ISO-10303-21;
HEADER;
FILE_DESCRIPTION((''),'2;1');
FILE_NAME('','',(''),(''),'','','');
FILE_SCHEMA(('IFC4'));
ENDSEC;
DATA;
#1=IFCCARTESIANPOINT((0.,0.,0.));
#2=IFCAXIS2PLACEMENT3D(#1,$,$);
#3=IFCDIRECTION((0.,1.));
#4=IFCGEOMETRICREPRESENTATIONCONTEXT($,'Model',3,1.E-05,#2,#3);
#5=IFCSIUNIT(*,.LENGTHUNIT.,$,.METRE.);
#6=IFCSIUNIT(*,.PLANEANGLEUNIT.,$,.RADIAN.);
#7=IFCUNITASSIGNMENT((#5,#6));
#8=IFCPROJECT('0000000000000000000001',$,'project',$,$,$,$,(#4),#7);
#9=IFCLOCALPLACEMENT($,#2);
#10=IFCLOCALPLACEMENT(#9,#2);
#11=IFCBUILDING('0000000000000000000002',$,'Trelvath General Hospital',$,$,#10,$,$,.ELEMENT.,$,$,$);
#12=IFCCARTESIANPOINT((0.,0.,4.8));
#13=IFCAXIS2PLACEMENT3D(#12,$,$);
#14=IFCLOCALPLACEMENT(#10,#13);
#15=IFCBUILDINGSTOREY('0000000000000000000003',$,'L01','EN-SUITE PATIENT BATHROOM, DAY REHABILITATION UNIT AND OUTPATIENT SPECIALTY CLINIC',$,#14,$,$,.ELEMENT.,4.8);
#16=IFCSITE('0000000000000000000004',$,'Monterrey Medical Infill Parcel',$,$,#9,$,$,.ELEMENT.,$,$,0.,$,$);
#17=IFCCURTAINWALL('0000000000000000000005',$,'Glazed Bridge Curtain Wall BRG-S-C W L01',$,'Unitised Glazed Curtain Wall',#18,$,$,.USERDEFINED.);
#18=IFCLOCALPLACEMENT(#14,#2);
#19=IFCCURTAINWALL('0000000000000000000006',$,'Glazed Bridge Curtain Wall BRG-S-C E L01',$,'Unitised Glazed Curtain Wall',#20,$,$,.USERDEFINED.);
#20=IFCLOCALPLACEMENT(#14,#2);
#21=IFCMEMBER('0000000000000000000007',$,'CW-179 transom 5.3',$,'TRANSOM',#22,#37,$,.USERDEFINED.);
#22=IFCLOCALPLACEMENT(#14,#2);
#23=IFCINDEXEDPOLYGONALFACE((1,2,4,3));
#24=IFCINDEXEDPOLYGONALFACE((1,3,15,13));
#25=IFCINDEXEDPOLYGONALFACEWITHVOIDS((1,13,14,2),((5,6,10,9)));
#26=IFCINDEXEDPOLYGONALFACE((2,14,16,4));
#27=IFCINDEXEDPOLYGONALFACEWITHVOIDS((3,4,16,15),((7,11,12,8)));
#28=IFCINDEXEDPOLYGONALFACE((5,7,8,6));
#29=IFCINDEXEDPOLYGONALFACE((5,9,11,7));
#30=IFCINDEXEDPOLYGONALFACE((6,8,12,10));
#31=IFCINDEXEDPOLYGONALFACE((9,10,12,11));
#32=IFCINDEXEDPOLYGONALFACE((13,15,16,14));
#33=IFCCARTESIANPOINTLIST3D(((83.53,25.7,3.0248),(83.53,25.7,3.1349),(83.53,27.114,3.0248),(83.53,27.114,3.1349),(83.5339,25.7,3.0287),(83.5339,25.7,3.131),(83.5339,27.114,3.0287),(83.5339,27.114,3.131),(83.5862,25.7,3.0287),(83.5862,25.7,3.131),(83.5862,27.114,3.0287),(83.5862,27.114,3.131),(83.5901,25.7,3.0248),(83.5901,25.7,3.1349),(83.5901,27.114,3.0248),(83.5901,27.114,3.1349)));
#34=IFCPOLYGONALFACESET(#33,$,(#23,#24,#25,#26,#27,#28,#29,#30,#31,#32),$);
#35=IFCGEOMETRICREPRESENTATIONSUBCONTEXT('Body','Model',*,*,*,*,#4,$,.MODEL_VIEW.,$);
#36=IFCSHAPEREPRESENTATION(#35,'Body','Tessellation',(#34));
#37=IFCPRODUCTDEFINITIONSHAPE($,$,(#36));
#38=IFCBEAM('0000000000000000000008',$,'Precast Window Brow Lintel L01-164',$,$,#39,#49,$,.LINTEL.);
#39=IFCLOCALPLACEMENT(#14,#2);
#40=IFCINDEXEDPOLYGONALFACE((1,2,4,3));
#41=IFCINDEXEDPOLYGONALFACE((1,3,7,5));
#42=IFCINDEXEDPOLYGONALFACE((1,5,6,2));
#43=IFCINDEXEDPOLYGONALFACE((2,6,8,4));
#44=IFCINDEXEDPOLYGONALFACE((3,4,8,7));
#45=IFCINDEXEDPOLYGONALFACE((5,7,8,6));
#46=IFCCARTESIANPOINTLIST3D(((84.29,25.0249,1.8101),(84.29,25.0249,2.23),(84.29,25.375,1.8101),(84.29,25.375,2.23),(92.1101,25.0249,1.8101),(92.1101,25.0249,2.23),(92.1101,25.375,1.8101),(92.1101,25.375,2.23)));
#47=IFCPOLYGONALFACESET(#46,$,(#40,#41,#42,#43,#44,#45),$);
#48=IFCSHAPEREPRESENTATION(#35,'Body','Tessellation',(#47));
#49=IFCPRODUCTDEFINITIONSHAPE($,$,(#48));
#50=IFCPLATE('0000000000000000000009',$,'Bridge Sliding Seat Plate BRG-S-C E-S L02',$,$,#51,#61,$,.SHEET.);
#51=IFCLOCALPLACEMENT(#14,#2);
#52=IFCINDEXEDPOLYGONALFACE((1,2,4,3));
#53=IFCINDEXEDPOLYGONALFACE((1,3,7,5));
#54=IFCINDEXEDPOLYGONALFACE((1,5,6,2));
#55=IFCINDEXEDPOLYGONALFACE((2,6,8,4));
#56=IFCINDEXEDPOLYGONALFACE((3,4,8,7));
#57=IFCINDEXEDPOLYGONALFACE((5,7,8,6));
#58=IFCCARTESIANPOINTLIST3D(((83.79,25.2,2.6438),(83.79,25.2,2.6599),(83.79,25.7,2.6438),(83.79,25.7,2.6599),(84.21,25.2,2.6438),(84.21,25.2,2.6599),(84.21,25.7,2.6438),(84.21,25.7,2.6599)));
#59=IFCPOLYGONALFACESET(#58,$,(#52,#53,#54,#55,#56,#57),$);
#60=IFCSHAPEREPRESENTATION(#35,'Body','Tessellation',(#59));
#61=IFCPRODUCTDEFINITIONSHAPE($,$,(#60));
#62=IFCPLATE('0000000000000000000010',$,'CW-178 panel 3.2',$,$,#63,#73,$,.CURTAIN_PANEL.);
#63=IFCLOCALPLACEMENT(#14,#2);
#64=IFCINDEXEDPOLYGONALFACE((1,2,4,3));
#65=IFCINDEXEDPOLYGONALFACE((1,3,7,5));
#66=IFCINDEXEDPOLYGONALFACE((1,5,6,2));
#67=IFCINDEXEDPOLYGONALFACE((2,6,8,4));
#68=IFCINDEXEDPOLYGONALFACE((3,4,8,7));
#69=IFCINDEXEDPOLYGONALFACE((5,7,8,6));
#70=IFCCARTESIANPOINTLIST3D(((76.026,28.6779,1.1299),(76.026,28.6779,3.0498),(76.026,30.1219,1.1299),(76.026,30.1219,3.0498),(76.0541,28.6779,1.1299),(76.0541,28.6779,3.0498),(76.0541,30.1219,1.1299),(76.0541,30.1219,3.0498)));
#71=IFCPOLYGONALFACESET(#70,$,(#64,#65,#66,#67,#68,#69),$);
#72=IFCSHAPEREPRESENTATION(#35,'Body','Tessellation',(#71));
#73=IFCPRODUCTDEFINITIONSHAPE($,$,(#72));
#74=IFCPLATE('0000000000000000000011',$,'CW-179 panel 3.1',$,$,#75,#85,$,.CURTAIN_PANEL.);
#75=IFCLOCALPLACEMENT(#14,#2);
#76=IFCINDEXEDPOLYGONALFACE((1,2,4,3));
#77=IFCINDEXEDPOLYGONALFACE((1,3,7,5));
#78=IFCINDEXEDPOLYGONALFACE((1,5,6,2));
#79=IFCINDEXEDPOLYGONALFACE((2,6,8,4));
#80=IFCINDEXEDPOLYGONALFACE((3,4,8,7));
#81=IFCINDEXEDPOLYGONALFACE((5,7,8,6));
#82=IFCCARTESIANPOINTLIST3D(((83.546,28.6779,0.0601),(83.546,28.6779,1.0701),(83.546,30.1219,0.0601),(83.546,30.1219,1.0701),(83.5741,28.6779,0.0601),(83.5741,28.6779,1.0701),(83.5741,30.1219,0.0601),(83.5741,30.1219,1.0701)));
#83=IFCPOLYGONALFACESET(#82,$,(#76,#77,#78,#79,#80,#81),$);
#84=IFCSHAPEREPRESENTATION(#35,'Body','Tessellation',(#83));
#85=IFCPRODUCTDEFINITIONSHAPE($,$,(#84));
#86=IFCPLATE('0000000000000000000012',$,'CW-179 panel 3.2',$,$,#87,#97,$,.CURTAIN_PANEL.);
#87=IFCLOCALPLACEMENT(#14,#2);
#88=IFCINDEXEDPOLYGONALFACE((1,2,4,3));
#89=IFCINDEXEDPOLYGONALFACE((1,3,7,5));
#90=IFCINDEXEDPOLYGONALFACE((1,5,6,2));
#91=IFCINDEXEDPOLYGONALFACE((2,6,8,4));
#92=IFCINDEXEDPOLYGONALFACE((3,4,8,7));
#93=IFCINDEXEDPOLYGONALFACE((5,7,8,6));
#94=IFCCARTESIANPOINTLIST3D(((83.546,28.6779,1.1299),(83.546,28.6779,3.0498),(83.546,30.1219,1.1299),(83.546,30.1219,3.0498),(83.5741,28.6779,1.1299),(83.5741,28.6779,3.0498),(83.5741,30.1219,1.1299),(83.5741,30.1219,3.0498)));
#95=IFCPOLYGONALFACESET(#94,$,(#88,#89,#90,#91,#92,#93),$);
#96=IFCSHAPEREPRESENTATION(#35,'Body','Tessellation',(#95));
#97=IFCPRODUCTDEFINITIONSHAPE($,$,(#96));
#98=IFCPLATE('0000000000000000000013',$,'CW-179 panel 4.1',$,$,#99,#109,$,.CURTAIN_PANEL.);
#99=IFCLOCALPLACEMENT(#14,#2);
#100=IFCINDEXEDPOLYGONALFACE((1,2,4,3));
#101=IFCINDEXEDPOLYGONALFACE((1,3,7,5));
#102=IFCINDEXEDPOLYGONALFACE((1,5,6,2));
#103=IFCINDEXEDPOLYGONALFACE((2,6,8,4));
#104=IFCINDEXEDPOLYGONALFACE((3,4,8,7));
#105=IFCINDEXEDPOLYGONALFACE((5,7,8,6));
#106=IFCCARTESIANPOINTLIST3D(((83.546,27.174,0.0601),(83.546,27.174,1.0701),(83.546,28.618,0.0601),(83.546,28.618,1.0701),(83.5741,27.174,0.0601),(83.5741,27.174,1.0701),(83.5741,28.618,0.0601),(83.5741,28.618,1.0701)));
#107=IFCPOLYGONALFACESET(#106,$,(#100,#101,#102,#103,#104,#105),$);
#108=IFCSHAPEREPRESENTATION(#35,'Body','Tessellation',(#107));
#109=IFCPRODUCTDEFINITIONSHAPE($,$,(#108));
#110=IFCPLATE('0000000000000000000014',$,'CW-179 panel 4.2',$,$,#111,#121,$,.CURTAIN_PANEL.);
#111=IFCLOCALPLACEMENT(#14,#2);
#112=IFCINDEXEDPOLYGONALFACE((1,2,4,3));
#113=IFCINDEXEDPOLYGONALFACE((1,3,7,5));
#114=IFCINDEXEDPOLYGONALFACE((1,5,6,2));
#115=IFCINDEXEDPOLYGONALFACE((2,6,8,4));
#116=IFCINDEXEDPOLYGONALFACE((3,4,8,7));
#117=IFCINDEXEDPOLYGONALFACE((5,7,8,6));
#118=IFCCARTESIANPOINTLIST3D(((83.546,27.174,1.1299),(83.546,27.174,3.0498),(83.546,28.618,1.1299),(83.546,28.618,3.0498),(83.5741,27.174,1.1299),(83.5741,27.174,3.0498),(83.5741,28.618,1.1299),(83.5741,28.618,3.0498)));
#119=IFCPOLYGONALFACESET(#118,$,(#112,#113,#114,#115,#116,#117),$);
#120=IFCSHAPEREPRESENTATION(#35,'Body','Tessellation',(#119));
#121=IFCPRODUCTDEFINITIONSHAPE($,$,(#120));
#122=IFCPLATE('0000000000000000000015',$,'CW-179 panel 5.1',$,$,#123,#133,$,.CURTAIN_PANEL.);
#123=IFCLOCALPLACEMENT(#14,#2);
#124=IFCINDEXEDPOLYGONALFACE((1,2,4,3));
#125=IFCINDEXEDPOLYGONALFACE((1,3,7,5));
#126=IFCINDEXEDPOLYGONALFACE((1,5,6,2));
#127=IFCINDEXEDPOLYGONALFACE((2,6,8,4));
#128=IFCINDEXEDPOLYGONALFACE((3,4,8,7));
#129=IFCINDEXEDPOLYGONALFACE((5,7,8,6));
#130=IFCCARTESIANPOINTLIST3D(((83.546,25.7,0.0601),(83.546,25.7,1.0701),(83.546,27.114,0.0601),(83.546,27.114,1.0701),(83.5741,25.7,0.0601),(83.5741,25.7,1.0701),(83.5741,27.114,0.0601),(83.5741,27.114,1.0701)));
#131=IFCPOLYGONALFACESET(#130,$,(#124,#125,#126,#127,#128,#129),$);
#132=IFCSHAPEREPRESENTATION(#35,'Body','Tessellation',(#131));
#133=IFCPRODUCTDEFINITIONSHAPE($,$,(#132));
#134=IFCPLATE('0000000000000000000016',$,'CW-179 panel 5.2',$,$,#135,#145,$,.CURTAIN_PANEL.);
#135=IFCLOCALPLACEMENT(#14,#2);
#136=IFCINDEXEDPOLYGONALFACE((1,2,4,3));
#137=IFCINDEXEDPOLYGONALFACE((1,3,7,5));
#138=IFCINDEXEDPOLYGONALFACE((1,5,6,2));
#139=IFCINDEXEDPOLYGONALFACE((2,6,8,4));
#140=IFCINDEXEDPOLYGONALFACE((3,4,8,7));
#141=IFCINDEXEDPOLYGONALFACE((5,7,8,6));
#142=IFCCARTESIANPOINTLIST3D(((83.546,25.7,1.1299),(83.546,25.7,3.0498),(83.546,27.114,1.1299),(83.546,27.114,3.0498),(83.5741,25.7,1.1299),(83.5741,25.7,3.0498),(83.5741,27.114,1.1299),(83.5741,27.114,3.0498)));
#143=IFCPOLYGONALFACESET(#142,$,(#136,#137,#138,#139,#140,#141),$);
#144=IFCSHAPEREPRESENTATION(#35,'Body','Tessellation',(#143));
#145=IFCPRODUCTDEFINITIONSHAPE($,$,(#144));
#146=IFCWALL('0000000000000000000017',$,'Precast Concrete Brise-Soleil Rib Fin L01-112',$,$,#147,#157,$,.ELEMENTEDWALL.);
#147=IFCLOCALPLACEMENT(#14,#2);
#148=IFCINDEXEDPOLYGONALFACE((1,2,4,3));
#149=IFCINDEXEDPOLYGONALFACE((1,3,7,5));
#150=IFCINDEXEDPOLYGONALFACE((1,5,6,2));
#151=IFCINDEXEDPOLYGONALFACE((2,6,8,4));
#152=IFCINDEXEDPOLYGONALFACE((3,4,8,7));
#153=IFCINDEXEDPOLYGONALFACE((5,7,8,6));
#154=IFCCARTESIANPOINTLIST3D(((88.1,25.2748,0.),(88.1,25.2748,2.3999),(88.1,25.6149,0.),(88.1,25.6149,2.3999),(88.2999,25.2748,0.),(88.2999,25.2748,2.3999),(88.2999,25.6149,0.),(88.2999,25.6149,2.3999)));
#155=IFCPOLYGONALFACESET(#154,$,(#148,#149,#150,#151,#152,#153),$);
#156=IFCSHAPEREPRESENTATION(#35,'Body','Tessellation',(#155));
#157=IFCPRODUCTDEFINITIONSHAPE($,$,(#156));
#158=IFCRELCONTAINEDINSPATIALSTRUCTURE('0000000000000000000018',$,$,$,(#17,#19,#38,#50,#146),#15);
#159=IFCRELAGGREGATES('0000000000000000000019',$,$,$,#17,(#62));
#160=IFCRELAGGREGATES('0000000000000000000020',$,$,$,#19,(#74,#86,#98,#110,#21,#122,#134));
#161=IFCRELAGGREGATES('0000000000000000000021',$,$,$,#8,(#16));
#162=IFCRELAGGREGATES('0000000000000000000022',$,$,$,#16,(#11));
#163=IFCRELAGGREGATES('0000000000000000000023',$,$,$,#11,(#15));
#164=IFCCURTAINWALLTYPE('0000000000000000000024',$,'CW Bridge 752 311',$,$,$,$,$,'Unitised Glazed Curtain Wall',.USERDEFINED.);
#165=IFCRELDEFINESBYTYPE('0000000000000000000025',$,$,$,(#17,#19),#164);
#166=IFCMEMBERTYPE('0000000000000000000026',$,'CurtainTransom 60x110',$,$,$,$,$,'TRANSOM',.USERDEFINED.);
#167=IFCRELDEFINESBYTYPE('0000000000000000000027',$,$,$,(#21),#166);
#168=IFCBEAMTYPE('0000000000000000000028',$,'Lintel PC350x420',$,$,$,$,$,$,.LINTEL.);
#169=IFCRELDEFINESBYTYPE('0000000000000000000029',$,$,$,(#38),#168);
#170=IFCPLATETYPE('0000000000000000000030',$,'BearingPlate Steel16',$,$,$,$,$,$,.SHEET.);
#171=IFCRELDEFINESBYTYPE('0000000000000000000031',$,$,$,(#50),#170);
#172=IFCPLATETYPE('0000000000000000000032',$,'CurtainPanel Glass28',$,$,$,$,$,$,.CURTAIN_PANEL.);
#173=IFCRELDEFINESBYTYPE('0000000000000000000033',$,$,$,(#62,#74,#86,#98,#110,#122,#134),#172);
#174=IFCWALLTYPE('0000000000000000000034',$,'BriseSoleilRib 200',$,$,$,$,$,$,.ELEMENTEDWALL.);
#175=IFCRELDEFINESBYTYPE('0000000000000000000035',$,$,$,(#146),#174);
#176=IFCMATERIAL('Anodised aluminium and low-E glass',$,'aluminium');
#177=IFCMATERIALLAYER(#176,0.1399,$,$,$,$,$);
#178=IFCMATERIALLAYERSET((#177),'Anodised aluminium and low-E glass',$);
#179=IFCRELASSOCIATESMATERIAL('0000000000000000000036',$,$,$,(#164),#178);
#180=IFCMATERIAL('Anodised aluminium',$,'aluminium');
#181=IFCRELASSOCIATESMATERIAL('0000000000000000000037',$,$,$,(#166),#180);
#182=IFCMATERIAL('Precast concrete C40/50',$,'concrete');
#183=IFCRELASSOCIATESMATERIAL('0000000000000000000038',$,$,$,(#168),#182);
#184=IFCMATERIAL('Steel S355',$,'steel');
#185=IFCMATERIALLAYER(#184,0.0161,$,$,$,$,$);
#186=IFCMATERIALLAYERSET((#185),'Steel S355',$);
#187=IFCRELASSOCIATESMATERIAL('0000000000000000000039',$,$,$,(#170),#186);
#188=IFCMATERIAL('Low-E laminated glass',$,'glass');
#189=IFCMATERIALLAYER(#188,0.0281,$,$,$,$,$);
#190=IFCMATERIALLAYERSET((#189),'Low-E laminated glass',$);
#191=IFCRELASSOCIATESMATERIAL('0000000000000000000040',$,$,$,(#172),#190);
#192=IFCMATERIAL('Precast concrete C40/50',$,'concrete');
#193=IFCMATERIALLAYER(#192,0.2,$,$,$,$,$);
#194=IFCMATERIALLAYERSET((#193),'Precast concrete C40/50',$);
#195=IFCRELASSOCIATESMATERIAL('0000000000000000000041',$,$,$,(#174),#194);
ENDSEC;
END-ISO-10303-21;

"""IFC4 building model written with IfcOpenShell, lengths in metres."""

from ifc_helpers import new_model, si_unit, direction, frame, frame_2d, origin, origin_2d, place, context, subcontext, project, spatial, rectangle, hollow_rectangle, extrude, material, layer, layer_set, material_profile, profile_set, type_object, element, aggregate, save


model = new_model("IFC4")

# Units and contexts
model_context = context("Model", 3, precision=1e-05, world=origin(), true_north=direction((0.0, 1.0)))
body_context = subcontext(model_context, "Body", "Model", "MODEL_VIEW")
ifc_project = project(units=[si_unit("LENGTHUNIT", "METRE"), si_unit("PLANEANGLEUNIT", "RADIAN")], contexts=[model_context])

# Site, building, storey
site_placement = place(None, origin())
site = spatial("IfcSite", under=ifc_project, at=site_placement, Name="Monterrey Medical Infill Parcel", CompositionType="ELEMENT", RefElevation=0.0)
building_placement = place(site_placement, origin())
building = spatial("IfcBuilding", under=site, at=building_placement, Name="Trelvath General Hospital", CompositionType="ELEMENT")
storey_placement = place(building_placement, frame((0.0, 0.0, 4.8)))
storey = spatial("IfcBuildingStorey", under=building, at=storey_placement, Name="L01", Description="EN-SUITE PATIENT BATHROOM, DAY REHABILITATION UNIT AND OUTPATIENT SPECIALTY CLINIC", CompositionType="ELEMENT", Elevation=4.8)

# Curtain wall
ifc_material_1 = material(Name="Anodised aluminium and low-E glass", Category="aluminium")
ifc_layer_1 = layer(ifc_material_1, 0.1399)
ifc_layer_set_1 = layer_set([ifc_layer_1], Name="Anodised aluminium and low-E glass")
curtain_wall_type = type_object("IfcCurtainWallType", Name="CW Bridge 752 311", ElementType="Unitised Glazed Curtain Wall", PredefinedType="USERDEFINED", material=ifc_layer_set_1)
curtain_wall_1_placement = place(storey_placement, origin())
curtain_wall_1 = element("IfcCurtainWall", 1, at=curtain_wall_1_placement, inside=storey, type_object=curtain_wall_type, Name="Glazed Bridge Curtain Wall BRG-S-C W L01", ObjectType="Unitised Glazed Curtain Wall", PredefinedType="USERDEFINED")

# Curtain wall
curtain_wall_2_placement = place(storey_placement, origin())
curtain_wall_2 = element("IfcCurtainWall", 2, at=curtain_wall_2_placement, inside=storey, type_object=curtain_wall_type, Name="Glazed Bridge Curtain Wall BRG-S-C E L01", ObjectType="Unitised Glazed Curtain Wall", PredefinedType="USERDEFINED")

# Member
ifc_material_2 = material(Name="Anodised aluminium", Category="aluminium")
ifc_material_profile_1 = material_profile(ifc_material_2, hollow_rectangle(XDim=0.0601, YDim=0.1101, WallThickness=0.0039, at=origin_2d()), Name="RHS60x110x4")
ifc_profile_set_1 = profile_set([ifc_material_profile_1], Name="Anodised aluminium")
member_type_1 = type_object("IfcMemberType", Name="CurtainTransom 60x110", ElementType="TRANSOM", PredefinedType="USERDEFINED", material=ifc_profile_set_1)
member_1_placement = place(storey_placement, frame((83.5601, 27.114, 3.0798), z_axis=(0.0, -1.0, 0.0), x_axis=(1.0, 0.0, 0.0)))
member_1 = element("IfcMember", 3, at=member_1_placement, type_object=member_type_1, Name="CW-179 transom 5.3", ObjectType="TRANSOM", PredefinedType="USERDEFINED", context=body_context, shape_type="SweptSolid", body=[
    extrude(hollow_rectangle(XDim=0.0601, YDim=0.1101, WallThickness=0.0039, at=origin_2d()), origin(), (0.0, 0.0, 1.0), 1.4141),
])

# Beam
ifc_material_3 = material(Name="Precast concrete C40/50", Category="concrete")
ifc_material_profile_2 = material_profile(ifc_material_3, rectangle(XDim=0.3501, YDim=0.4199, at=origin_2d()), Name="PCL350x420")
ifc_profile_set_2 = profile_set([ifc_material_profile_2], Name="Precast concrete C40/50")
beam_type_1 = type_object("IfcBeamType", Name="Lintel PC350x420", PredefinedType="LINTEL", material=ifc_profile_set_2)
beam_1_placement = place(storey_placement, frame((84.29, 25.2, 2.02), z_axis=(1.0, 0.0, 0.0), x_axis=(0.0, 1.0, 0.0)))
element("IfcBeam", 4, at=beam_1_placement, inside=storey, type_object=beam_type_1, Name="Precast Window Brow Lintel L01-164", PredefinedType="LINTEL", context=body_context, shape_type="SweptSolid", body=[
    extrude(rectangle(XDim=0.3501, YDim=0.4199, at=origin_2d()), origin(), (0.0, 0.0, 1.0), 7.8201),
])

# Plates
ifc_material_4 = material(Name="Steel S355", Category="steel")
ifc_layer_2 = layer(ifc_material_4, 0.0161)
ifc_layer_set_2 = layer_set([ifc_layer_2], Name="Steel S355")
plate_type_1 = type_object("IfcPlateType", Name="BearingPlate Steel16", PredefinedType="SHEET", material=ifc_layer_set_2)
plate_1_placement = place(storey_placement, frame((84.0, 25.45, 2.6438), z_axis=(0.0, 0.0, 1.0), x_axis=(1.0, 0.0, 0.0)))
element("IfcPlate", 5, at=plate_1_placement, inside=storey, type_object=plate_type_1, Name="Bridge Sliding Seat Plate BRG-S-C E-S L02", PredefinedType="SHEET", context=body_context, shape_type="SweptSolid", body=[
    extrude(rectangle(XDim=0.4199, YDim=0.5, at=origin_2d()), origin(), (0.0, 0.0, 1.0), 0.0161),
])
ifc_material_5 = material(Name="Low-E laminated glass", Category="glass")
ifc_layer_3 = layer(ifc_material_5, 0.0281)
ifc_layer_set_3 = layer_set([ifc_layer_3], Name="Low-E laminated glass")
plate_type_2 = type_object("IfcPlateType", Name="CurtainPanel Glass28", PredefinedType="CURTAIN_PANEL", material=ifc_layer_set_3)
plate_2_placement = place(storey_placement, frame((76.04, 29.3999, 1.1299), z_axis=(0.0, 0.0, 1.0), x_axis=(0.0, 1.0, 0.0)))
plate_2 = element("IfcPlate", 6, at=plate_2_placement, type_object=plate_type_2, Name="CW-178 panel 3.2", PredefinedType="CURTAIN_PANEL", context=body_context, shape_type="SweptSolid", body=[
    extrude(rectangle(XDim=1.4441, YDim=0.0281, at=origin_2d()), origin(), (0.0, 0.0, 1.0), 1.9199),
])
aggregate(curtain_wall_1, [plate_2])
plate_3_placement = place(storey_placement, frame((83.5601, 29.3999, 0.0601), z_axis=(0.0, 0.0, 1.0), x_axis=(0.0, -1.0, 0.0)))
plate_3 = element("IfcPlate", 7, at=plate_3_placement, type_object=plate_type_2, Name="CW-179 panel 3.1", PredefinedType="CURTAIN_PANEL", context=body_context, shape_type="SweptSolid", body=[
    extrude(rectangle(XDim=1.4441, YDim=0.0281, at=origin_2d()), origin(), (0.0, 0.0, 1.0), 1.01),
])
plate_4_placement = place(storey_placement, frame((83.5601, 29.3999, 1.1299), z_axis=(0.0, 0.0, 1.0), x_axis=(0.0, -1.0, 0.0)))
plate_4 = element("IfcPlate", 8, at=plate_4_placement, type_object=plate_type_2, Name="CW-179 panel 3.2", PredefinedType="CURTAIN_PANEL", context=body_context, shape_type="SweptSolid", body=[
    extrude(rectangle(XDim=1.4441, YDim=0.0281, at=origin_2d()), origin(), (0.0, 0.0, 1.0), 1.9199),
])
plate_5_placement = place(storey_placement, frame((83.5601, 27.896, 0.0601), z_axis=(0.0, 0.0, 1.0), x_axis=(0.0, -1.0, 0.0)))
plate_5 = element("IfcPlate", 9, at=plate_5_placement, type_object=plate_type_2, Name="CW-179 panel 4.1", PredefinedType="CURTAIN_PANEL", context=body_context, shape_type="SweptSolid", body=[
    extrude(rectangle(XDim=1.4441, YDim=0.0281, at=origin_2d()), origin(), (0.0, 0.0, 1.0), 1.01),
])
plate_6_placement = place(storey_placement, frame((83.5601, 27.896, 1.1299), z_axis=(0.0, 0.0, 1.0), x_axis=(0.0, -1.0, 0.0)))
plate_6 = element("IfcPlate", 10, at=plate_6_placement, type_object=plate_type_2, Name="CW-179 panel 4.2", PredefinedType="CURTAIN_PANEL", context=body_context, shape_type="SweptSolid", body=[
    extrude(rectangle(XDim=1.4441, YDim=0.0281, at=origin_2d()), origin(), (0.0, 0.0, 1.0), 1.9199),
])
plate_7_placement = place(storey_placement, frame((83.5601, 26.407, 0.0601), z_axis=(0.0, 0.0, 1.0), x_axis=(0.0, -1.0, 0.0)))
plate_7 = element("IfcPlate", 11, at=plate_7_placement, type_object=plate_type_2, Name="CW-179 panel 5.1", PredefinedType="CURTAIN_PANEL", context=body_context, shape_type="SweptSolid", body=[
    extrude(rectangle(XDim=1.4141, YDim=0.0281, at=origin_2d()), origin(), (0.0, 0.0, 1.0), 1.01),
])
plate_8_placement = place(storey_placement, frame((83.5601, 26.407, 1.1299), z_axis=(0.0, 0.0, 1.0), x_axis=(0.0, -1.0, 0.0)))
plate_8 = element("IfcPlate", 12, at=plate_8_placement, type_object=plate_type_2, Name="CW-179 panel 5.2", PredefinedType="CURTAIN_PANEL", context=body_context, shape_type="SweptSolid", body=[
    extrude(rectangle(XDim=1.4141, YDim=0.0281, at=origin_2d()), origin(), (0.0, 0.0, 1.0), 1.9199),
])
aggregate(curtain_wall_2, [plate_3, plate_4, plate_5, plate_6, member_1, plate_7, plate_8])

# Wall
ifc_material_6 = material(Name="Precast concrete C40/50", Category="concrete")
ifc_layer_4 = layer(ifc_material_6, 0.2)
ifc_layer_set_4 = layer_set([ifc_layer_4], Name="Precast concrete C40/50")
wall_type_1 = type_object("IfcWallType", Name="BriseSoleilRib 200", PredefinedType="ELEMENTEDWALL", material=ifc_layer_set_4)
wall_1_placement = place(storey_placement, frame((88.2, 25.2749, 0.0), z_axis=(0.0, 0.0, 1.0), x_axis=(0.0, 1.0, 0.0)))
element("IfcWall", 13, at=wall_1_placement, inside=storey, type_object=wall_type_1, Name="Precast Concrete Brise-Soleil Rib Fin L01-112", PredefinedType="ELEMENTEDWALL", context=body_context, shape_type="SweptSolid", body=[
    extrude(rectangle(XDim=0.3401, YDim=0.2, at=frame_2d((0.1699, 0.0))), origin(), (0.0, 0.0, 1.0), 2.3999),
])

save(model, "model.ifc")
